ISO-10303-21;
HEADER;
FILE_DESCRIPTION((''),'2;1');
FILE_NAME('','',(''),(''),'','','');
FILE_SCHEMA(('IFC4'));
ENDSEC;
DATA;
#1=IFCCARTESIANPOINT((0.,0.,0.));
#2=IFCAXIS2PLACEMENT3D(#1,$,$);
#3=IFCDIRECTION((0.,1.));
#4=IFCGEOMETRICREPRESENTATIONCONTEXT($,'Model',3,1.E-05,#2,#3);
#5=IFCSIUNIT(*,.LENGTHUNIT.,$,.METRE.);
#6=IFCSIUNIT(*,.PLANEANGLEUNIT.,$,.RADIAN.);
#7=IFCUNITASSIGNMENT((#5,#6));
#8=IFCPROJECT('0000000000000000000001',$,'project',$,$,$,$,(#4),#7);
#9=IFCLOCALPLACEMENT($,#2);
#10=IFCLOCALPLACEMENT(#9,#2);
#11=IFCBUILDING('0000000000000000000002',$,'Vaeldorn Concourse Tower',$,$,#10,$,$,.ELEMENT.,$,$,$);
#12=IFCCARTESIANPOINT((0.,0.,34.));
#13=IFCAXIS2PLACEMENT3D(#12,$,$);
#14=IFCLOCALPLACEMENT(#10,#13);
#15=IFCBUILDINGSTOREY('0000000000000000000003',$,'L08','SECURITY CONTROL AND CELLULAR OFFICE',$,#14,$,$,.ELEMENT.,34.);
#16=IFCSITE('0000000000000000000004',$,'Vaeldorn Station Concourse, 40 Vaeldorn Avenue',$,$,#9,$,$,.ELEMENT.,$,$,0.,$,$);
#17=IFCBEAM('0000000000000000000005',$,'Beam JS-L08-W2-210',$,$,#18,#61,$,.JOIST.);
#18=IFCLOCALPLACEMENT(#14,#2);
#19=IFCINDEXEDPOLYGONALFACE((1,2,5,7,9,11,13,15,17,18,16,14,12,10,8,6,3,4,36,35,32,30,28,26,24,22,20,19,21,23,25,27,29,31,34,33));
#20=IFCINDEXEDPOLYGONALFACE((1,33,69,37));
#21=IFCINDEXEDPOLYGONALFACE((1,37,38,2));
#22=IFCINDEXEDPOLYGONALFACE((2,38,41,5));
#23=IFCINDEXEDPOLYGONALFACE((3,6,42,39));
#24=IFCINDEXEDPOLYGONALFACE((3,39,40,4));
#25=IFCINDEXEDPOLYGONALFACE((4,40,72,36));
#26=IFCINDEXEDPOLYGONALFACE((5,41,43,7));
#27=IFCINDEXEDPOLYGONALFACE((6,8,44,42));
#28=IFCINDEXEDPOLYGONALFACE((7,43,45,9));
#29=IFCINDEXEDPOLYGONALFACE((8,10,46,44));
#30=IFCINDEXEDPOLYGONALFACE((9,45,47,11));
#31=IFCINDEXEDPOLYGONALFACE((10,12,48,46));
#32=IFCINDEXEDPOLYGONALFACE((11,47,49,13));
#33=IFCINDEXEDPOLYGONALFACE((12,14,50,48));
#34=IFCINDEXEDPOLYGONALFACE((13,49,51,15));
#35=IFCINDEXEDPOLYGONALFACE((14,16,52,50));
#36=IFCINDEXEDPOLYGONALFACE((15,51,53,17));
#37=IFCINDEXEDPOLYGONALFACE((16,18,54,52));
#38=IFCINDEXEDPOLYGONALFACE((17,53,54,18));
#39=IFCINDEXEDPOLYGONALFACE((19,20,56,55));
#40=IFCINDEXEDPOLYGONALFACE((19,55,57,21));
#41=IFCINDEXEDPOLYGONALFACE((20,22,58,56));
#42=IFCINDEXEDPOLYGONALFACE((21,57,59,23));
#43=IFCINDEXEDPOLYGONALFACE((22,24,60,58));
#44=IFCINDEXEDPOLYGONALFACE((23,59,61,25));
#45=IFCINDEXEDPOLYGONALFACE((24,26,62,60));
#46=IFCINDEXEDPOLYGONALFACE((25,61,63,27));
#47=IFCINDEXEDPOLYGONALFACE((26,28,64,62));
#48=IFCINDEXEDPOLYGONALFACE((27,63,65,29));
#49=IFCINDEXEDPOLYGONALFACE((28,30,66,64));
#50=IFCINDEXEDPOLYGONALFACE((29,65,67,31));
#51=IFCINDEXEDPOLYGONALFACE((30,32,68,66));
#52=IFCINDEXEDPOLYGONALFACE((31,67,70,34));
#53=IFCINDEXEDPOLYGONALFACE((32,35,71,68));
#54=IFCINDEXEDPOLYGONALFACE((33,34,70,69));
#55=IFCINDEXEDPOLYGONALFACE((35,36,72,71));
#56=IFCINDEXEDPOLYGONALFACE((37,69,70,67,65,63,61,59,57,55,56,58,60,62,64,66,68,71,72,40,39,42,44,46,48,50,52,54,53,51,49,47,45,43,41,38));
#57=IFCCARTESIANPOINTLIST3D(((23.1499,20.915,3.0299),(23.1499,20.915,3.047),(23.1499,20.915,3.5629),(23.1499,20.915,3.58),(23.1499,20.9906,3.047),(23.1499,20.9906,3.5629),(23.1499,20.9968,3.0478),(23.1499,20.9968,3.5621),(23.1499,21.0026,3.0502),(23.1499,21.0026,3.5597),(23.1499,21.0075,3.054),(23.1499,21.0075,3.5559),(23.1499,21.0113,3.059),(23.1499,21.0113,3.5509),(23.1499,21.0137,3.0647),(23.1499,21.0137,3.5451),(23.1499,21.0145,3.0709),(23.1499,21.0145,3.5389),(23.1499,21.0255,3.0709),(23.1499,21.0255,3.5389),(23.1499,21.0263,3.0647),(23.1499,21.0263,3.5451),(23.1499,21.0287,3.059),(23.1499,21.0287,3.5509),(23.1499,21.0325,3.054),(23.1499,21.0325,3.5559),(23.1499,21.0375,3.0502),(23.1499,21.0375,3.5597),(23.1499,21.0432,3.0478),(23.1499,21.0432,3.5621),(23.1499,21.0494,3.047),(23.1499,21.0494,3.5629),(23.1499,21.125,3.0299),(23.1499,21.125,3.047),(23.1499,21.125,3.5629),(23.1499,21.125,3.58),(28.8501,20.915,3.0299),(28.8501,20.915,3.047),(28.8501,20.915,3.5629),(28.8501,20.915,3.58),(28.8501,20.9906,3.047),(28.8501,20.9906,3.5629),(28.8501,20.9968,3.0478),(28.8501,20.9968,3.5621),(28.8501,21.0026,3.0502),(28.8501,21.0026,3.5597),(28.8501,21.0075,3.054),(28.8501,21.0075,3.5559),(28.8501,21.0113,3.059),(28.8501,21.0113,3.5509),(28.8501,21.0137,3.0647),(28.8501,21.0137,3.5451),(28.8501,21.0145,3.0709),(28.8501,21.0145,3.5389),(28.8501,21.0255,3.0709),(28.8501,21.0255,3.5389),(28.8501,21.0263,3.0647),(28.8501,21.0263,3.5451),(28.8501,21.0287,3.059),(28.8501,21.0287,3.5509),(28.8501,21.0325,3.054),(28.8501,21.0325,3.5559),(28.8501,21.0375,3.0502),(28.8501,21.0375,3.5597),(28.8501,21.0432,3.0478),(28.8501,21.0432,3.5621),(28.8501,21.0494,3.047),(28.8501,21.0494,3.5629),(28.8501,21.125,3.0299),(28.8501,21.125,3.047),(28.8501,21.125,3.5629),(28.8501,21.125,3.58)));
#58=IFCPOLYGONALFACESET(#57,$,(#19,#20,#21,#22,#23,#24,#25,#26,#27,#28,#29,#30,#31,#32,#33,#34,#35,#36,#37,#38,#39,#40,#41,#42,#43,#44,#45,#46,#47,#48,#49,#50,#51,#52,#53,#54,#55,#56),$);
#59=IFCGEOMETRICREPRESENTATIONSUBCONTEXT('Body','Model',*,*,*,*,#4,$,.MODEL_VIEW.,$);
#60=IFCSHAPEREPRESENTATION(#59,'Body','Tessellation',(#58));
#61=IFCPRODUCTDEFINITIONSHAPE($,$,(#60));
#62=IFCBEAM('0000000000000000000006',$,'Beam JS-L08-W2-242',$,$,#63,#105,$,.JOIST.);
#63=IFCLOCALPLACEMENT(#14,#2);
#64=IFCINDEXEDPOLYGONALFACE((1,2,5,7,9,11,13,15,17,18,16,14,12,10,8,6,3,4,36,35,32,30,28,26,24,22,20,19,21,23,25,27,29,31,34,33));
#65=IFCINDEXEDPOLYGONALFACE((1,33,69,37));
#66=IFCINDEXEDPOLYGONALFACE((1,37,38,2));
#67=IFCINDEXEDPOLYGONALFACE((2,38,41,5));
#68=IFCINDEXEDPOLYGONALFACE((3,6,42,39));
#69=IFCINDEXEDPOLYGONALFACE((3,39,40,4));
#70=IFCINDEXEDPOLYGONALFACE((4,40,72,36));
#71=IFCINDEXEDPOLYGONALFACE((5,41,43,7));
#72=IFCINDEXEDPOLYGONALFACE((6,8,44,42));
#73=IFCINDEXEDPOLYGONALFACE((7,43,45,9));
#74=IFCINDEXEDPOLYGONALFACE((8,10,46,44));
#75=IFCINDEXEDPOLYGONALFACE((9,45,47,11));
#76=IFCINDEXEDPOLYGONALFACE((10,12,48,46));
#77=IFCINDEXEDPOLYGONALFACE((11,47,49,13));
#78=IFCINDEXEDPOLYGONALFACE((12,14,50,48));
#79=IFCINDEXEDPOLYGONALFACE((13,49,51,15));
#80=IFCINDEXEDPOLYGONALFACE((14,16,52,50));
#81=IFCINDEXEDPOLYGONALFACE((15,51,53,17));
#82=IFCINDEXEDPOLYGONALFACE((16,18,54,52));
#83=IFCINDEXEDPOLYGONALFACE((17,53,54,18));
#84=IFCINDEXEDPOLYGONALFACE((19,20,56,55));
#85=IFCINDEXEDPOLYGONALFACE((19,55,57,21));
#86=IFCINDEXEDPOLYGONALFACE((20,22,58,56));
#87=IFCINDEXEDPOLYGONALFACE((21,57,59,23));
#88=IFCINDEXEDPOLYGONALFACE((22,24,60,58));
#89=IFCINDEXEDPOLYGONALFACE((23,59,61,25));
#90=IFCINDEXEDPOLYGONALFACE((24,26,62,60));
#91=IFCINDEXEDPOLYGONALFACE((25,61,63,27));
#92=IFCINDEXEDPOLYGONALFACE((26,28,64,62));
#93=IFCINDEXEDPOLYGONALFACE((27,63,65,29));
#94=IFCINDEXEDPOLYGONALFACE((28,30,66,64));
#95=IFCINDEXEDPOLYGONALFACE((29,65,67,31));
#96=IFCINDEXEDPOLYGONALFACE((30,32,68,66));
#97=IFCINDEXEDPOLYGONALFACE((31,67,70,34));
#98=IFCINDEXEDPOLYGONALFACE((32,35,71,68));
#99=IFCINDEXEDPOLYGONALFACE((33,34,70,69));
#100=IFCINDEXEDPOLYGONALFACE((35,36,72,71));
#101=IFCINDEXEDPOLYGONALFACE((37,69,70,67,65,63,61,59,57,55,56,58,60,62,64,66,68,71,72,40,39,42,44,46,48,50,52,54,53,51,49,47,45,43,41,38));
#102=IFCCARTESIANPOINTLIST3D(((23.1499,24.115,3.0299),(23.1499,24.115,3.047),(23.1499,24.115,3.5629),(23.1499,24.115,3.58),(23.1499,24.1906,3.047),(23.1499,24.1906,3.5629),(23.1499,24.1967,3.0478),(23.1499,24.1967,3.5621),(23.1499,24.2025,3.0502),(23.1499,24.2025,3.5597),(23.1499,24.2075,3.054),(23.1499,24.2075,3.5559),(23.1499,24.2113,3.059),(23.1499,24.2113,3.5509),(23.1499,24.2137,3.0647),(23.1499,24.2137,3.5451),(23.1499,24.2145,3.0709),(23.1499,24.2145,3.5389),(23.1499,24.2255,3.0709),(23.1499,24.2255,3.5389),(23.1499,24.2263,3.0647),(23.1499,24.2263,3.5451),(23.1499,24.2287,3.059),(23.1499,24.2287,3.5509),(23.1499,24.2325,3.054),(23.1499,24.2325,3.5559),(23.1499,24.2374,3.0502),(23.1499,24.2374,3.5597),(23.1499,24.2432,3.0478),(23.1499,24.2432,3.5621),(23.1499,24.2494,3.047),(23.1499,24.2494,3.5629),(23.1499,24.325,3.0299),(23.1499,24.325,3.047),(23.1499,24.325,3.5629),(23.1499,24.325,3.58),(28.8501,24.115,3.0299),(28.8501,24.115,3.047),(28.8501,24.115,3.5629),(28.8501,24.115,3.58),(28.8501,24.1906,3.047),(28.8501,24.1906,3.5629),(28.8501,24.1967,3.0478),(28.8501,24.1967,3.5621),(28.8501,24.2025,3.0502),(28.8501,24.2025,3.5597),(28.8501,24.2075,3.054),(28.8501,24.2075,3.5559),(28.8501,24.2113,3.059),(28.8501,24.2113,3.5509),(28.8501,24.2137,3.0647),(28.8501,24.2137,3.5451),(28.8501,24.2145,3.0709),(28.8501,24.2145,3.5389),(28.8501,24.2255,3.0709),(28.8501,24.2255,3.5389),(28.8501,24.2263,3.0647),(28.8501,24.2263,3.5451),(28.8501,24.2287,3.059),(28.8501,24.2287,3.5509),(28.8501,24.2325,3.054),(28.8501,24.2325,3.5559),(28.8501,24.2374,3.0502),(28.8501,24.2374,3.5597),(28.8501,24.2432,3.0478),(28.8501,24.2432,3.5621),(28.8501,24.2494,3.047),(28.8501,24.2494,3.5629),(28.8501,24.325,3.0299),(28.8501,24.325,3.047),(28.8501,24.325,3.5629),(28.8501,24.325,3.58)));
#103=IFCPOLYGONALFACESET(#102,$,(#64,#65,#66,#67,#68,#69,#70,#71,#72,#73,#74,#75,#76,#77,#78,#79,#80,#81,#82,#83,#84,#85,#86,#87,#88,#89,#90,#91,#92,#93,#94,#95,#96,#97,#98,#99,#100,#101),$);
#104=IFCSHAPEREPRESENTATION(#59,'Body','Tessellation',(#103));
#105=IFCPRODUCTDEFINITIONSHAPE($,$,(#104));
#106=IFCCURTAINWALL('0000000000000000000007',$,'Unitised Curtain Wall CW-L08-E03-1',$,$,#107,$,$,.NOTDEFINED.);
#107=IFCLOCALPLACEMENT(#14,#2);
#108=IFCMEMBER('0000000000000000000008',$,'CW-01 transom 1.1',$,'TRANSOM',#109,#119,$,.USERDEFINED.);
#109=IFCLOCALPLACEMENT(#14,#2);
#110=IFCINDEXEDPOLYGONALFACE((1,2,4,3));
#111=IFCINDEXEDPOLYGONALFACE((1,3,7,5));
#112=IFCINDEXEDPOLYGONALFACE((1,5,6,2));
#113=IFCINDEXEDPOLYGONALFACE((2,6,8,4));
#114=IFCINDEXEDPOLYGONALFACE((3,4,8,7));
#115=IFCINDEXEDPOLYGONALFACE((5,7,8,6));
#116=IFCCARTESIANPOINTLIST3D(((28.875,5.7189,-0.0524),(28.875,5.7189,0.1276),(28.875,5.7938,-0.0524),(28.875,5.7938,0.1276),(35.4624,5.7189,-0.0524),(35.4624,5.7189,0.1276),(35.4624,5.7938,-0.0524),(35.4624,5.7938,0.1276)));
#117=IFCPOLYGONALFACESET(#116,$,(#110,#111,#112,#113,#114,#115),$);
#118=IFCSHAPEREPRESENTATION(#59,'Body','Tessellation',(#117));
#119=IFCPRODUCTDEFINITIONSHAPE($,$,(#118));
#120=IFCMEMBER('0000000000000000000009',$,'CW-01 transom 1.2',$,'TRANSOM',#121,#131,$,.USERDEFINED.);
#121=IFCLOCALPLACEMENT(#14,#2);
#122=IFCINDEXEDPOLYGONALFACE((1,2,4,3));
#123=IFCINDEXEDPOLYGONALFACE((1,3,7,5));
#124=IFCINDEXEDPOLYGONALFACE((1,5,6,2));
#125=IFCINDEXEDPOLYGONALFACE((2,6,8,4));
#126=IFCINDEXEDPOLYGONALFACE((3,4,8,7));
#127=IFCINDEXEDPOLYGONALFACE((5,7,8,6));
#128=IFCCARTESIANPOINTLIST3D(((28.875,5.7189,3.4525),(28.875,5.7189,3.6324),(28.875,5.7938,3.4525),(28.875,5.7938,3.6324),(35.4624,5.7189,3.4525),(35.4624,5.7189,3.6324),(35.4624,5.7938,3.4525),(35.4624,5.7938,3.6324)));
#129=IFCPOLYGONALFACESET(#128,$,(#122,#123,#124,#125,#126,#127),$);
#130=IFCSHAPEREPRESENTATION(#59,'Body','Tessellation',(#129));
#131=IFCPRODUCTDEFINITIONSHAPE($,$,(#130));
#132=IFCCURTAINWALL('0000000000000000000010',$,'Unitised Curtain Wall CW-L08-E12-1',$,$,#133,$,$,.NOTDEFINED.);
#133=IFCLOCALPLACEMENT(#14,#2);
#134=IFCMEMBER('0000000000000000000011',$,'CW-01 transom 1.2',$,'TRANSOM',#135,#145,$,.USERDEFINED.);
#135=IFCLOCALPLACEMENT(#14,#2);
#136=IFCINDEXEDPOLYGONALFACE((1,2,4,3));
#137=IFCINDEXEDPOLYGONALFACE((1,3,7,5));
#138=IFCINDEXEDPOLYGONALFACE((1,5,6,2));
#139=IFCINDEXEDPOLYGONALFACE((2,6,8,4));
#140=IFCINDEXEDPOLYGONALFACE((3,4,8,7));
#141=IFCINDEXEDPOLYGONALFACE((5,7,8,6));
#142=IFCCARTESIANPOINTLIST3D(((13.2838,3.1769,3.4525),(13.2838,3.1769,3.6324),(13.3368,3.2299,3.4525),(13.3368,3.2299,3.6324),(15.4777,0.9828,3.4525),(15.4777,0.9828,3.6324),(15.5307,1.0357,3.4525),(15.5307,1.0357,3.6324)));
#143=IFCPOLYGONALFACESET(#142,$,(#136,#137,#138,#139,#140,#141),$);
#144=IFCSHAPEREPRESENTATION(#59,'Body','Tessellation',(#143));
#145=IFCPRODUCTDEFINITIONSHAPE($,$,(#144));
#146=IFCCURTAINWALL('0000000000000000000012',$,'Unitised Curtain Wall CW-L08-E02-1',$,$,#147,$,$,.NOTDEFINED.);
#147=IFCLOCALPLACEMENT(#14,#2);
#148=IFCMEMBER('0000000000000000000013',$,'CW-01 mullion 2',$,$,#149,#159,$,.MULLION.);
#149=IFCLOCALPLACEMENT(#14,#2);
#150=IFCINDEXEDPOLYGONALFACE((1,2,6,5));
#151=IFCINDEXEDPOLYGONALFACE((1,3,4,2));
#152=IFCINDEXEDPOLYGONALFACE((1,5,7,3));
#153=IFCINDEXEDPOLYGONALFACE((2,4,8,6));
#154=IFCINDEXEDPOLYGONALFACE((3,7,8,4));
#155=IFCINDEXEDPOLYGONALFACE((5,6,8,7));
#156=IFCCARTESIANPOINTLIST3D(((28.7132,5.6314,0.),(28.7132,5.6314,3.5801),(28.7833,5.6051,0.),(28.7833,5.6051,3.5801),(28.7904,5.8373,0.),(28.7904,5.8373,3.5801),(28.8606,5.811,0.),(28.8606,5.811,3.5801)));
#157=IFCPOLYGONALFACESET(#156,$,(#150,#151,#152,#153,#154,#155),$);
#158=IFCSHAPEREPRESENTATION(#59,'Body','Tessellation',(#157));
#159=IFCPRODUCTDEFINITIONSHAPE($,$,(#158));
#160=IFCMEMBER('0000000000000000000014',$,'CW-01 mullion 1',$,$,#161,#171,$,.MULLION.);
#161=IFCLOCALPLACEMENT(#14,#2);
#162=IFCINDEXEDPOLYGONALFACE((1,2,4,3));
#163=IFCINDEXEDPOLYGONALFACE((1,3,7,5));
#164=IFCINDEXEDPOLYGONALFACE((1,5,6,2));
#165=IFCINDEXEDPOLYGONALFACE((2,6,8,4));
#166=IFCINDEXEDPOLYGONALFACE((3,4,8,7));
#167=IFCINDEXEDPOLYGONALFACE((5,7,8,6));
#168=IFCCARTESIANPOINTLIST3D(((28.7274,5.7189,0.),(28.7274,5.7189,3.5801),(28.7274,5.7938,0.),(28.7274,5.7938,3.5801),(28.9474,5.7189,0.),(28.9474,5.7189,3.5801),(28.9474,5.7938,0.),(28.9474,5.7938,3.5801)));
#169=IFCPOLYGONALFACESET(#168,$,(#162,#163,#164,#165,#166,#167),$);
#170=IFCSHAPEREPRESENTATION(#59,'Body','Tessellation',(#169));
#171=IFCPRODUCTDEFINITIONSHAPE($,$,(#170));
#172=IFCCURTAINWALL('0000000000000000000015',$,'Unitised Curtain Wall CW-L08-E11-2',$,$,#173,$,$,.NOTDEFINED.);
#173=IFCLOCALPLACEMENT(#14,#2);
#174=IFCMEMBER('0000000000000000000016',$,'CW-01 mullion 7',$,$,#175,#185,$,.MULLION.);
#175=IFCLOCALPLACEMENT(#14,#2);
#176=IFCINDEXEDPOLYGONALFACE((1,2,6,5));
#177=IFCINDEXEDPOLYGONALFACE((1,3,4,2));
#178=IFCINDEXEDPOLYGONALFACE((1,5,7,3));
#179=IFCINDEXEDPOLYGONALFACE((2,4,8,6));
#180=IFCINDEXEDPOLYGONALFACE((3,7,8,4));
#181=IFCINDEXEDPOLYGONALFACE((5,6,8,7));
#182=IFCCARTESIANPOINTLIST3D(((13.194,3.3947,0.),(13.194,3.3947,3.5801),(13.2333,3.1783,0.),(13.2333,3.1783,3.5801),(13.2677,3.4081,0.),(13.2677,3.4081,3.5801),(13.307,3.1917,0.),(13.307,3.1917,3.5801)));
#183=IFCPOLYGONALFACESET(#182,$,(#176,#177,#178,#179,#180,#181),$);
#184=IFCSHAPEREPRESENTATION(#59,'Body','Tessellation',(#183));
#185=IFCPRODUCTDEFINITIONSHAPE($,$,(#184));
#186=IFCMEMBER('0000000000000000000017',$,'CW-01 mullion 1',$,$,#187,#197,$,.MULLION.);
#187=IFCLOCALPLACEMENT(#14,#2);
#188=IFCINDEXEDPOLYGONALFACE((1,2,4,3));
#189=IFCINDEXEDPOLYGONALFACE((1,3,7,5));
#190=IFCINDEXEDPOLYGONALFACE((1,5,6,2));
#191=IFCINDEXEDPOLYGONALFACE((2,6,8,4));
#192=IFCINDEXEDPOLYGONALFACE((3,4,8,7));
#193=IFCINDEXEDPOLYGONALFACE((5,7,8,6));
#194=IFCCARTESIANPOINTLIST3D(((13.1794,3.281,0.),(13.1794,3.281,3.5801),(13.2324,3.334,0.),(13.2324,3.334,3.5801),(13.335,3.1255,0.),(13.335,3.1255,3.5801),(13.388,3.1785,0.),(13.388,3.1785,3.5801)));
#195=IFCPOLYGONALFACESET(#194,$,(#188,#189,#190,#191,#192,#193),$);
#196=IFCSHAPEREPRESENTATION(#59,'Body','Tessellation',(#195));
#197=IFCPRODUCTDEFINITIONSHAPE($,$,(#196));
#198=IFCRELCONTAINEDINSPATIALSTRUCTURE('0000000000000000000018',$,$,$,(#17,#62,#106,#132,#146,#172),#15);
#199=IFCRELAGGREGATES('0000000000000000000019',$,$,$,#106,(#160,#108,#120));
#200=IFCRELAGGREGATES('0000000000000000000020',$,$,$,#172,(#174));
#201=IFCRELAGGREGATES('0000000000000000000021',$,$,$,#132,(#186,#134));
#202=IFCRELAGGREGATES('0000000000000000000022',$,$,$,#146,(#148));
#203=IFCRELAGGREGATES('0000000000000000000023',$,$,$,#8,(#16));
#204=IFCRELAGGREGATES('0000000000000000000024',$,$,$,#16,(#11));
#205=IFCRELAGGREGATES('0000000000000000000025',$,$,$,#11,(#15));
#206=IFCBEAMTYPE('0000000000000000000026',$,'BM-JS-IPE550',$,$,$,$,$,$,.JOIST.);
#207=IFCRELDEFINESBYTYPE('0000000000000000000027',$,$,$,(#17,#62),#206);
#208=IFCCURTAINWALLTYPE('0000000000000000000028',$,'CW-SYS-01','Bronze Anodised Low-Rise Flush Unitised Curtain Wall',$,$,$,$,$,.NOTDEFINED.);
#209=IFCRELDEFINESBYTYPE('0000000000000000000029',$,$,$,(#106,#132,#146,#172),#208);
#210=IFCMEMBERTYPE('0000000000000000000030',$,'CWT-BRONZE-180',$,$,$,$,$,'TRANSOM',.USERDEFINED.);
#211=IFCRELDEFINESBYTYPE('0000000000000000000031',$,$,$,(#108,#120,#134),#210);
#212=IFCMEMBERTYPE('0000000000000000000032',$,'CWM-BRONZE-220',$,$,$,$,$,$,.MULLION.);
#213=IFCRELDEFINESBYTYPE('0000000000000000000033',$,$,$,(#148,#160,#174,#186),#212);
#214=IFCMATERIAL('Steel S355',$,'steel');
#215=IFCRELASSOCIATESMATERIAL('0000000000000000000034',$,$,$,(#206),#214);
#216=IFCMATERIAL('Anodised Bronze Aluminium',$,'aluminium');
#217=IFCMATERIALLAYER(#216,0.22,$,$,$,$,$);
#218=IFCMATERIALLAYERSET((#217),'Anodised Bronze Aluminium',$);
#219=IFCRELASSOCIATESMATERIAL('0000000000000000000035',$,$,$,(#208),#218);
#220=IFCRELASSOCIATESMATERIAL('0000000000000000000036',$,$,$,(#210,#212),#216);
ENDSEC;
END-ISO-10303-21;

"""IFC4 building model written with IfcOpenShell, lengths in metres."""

from ifc_helpers import new_model, si_unit, direction, frame, origin, origin_2d, place, context, subcontext, project, spatial, rectangle, i_section, extrude, source, transform, mapped, material, layer, layer_set, material_profile, profile_set, type_object, element, aggregate, save


model = new_model("IFC4")

# Units and contexts
model_context = context("Model", 3, precision=1e-05, world=origin(), true_north=direction((0.0, 1.0)))
body_context = subcontext(model_context, "Body", "Model", "MODEL_VIEW")
ifc_project = project(units=[si_unit("LENGTHUNIT", "METRE"), si_unit("PLANEANGLEUNIT", "RADIAN")], contexts=[model_context])

# Site, building, storey
site_placement = place(None, origin())
site = spatial("IfcSite", under=ifc_project, at=site_placement, Name="Vaeldorn Station Concourse, 40 Vaeldorn Avenue", CompositionType="ELEMENT", RefElevation=0.0)
building_placement = place(site_placement, origin())
building = spatial("IfcBuilding", under=site, at=building_placement, Name="Vaeldorn Concourse Tower", CompositionType="ELEMENT")
storey_placement = place(building_placement, frame((0.0, 0.0, 34.0)))
storey = spatial("IfcBuildingStorey", under=building, at=storey_placement, Name="L08", Description="SECURITY CONTROL AND CELLULAR OFFICE", CompositionType="ELEMENT", Elevation=34.0)

# Beams
ifc_material_1 = material(Name="Steel S355", Category="steel")
ifc_material_profile_1 = material_profile(ifc_material_1, i_section(OverallWidth=0.21, OverallDepth=0.55, WebThickness=0.011, FlangeThickness=0.0171, FilletRadius=0.0239, at=origin_2d()), Name="IPE 550")
ifc_profile_set_1 = profile_set([ifc_material_profile_1], Name="Steel S355")
beam_type_1 = type_object("IfcBeamType", Name="BM-JS-IPE550", PredefinedType="JOIST", material=ifc_profile_set_1)
shared_shape_1 = source(origin(), body_context, "Body", "SweptSolid", [
    extrude(i_section(OverallWidth=0.21, OverallDepth=0.55, WebThickness=0.011, FlangeThickness=0.0171, FilletRadius=0.0239, at=origin_2d()), origin(), (0.0, 0.0, 1.0), 5.7002),
])
for number, where, z_axis, x_axis, name in (
    (1, (23.1499, 21.02, 3.3049), (1.0, 0.0, 0.0), (0.0, 1.0, 0.0), "Beam JS-L08-W2-210"),
    (2, (23.1499, 24.22, 3.3049), (1.0, 0.0, 0.0), (0.0, 1.0, 0.0), "Beam JS-L08-W2-242"),
):
    element("IfcBeam", number, at=place(storey_placement, frame(where, z_axis=z_axis, x_axis=x_axis)), inside=storey, type_object=beam_type_1, Name=name, PredefinedType="JOIST", context=body_context, shape_type="MappedRepresentation", body=[
        mapped(shared_shape_1, transform((0.0, 0.0, 0.0), scale=1.0)),
    ])

# Curtain wall, members
ifc_material_2 = material(Name="Anodised Bronze Aluminium", Category="aluminium")
ifc_layer_1 = layer(ifc_material_2, 0.22)
ifc_layer_set_1 = layer_set([ifc_layer_1], Name="Anodised Bronze Aluminium")
curtain_wall_type = type_object("IfcCurtainWallType", Name="CW-SYS-01", Description="Bronze Anodised Low-Rise Flush Unitised Curtain Wall", PredefinedType="NOTDEFINED", material=ifc_layer_set_1)
curtain_wall_1_placement = place(storey_placement, origin())
curtain_wall_1 = element("IfcCurtainWall", 3, at=curtain_wall_1_placement, inside=storey, type_object=curtain_wall_type, Name="Unitised Curtain Wall CW-L08-E03-1", PredefinedType="NOTDEFINED")
ifc_material_profile_2 = material_profile(ifc_material_2, rectangle(XDim=0.075, YDim=0.1799, at=origin_2d()), Name="CWT 75x180")
ifc_profile_set_2 = profile_set([ifc_material_profile_2], Name="Anodised Bronze Aluminium")
member_type_1 = type_object("IfcMemberType", Name="CWT-BRONZE-180", ElementType="TRANSOM", PredefinedType="USERDEFINED", material=ifc_profile_set_2)
shared_shape_2 = source(origin(), body_context, "Body", "SweptSolid", [
    extrude(rectangle(XDim=0.075, YDim=0.1799, at=origin_2d()), origin(), (0.0, 0.0, 1.0), 6.5874),
])
member_1_placement = place(storey_placement, frame((28.875, 5.7563, 0.0376), z_axis=(1.0, 0.0, 0.0), x_axis=(0.0, 1.0, 0.0)))
member_1 = element("IfcMember", 4, at=member_1_placement, type_object=member_type_1, Name="CW-01 transom 1.1", ObjectType="TRANSOM", PredefinedType="USERDEFINED", context=body_context, shape_type="MappedRepresentation", body=[
    mapped(shared_shape_2, transform((0.0, 0.0, 0.0), scale=1.0)),
])
member_2_placement = place(storey_placement, frame((28.875, 5.7563, 3.5425), z_axis=(1.0, 0.0, 0.0), x_axis=(0.0, 1.0, 0.0)))
member_2 = element("IfcMember", 5, at=member_2_placement, type_object=member_type_1, Name="CW-01 transom 1.2", ObjectType="TRANSOM", PredefinedType="USERDEFINED", context=body_context, shape_type="MappedRepresentation", body=[
    mapped(shared_shape_2, transform((0.0, 0.0, 0.0), scale=1.0)),
])

# Curtain walls, members
curtain_wall_2_placement = place(storey_placement, origin())
curtain_wall_2 = element("IfcCurtainWall", 6, at=curtain_wall_2_placement, inside=storey, type_object=curtain_wall_type, Name="Unitised Curtain Wall CW-L08-E12-1", PredefinedType="NOTDEFINED")
shared_shape_3 = source(origin(), body_context, "Body", "SweptSolid", [
    extrude(rectangle(XDim=0.075, YDim=0.1799, at=origin_2d()), origin(), (0.0, 0.0, 1.0), 3.1028),
])
member_3_placement = place(storey_placement, frame((13.3103, 3.2034, 3.5425), z_axis=(0.707067, -0.707146, 0.0), x_axis=(0.707146, 0.707067, 0.0)))
member_3 = element("IfcMember", 7, at=member_3_placement, type_object=member_type_1, Name="CW-01 transom 1.2", ObjectType="TRANSOM", PredefinedType="USERDEFINED", context=body_context, shape_type="MappedRepresentation", body=[
    mapped(shared_shape_3, transform((0.0, 0.0, 0.0), scale=1.0)),
])
curtain_wall_3_placement = place(storey_placement, origin())
curtain_wall_3 = element("IfcCurtainWall", 8, at=curtain_wall_3_placement, inside=storey, type_object=curtain_wall_type, Name="Unitised Curtain Wall CW-L08-E02-1", PredefinedType="NOTDEFINED")
ifc_material_profile_3 = material_profile(ifc_material_2, rectangle(XDim=0.075, YDim=0.22, at=origin_2d()), Name="CWM 75x220")
ifc_profile_set_3 = profile_set([ifc_material_profile_3], Name="Anodised Bronze Aluminium")
member_type_2 = type_object("IfcMemberType", Name="CWM-BRONZE-220", PredefinedType="MULLION", material=ifc_profile_set_3)
shared_shape_4 = source(origin(), body_context, "Body", "SweptSolid", [
    extrude(rectangle(XDim=0.075, YDim=0.22, at=origin_2d()), origin(), (0.0, 0.0, 1.0), 3.5801),
])
member_4_placement = place(storey_placement, frame((28.7869, 5.7212, 0.0), z_axis=(0.0, 0.0, 1.0), x_axis=(-0.936329, 0.351123, 0.0)))
member_4 = element("IfcMember", 9, at=member_4_placement, type_object=member_type_2, Name="CW-01 mullion 2", PredefinedType="MULLION", context=body_context, shape_type="MappedRepresentation", body=[
    mapped(shared_shape_4, transform((0.0, 0.0, 0.0), scale=1.0)),
])

# Member
member_5_placement = place(storey_placement, frame((28.8374, 5.7563, 0.0), z_axis=(0.0, 0.0, 1.0), x_axis=(0.0, 1.0, 0.0)))
member_5 = element("IfcMember", 10, at=member_5_placement, type_object=member_type_2, Name="CW-01 mullion 1", PredefinedType="MULLION", context=body_context, shape_type="MappedRepresentation", body=[
    mapped(shared_shape_4, transform((0.0, 0.0, 0.0), scale=1.0)),
])
aggregate(curtain_wall_1, [member_5, member_1, member_2])

# Curtain wall, member
curtain_wall_4_placement = place(storey_placement, origin())
curtain_wall_4 = element("IfcCurtainWall", 11, at=curtain_wall_4_placement, inside=storey, type_object=curtain_wall_type, Name="Unitised Curtain Wall CW-L08-E11-2", PredefinedType="NOTDEFINED")
member_6_placement = place(storey_placement, frame((13.2505, 3.2932, 0.0), z_axis=(0.0, 0.0, 1.0), x_axis=(0.98389, 0.178775, 0.0)))
member_6 = element("IfcMember", 12, at=member_6_placement, type_object=member_type_2, Name="CW-01 mullion 7", PredefinedType="MULLION", context=body_context, shape_type="MappedRepresentation", body=[
    mapped(shared_shape_4, transform((0.0, 0.0, 0.0), scale=1.0)),
])
aggregate(curtain_wall_4, [member_6])

# Member
member_7_placement = place(storey_placement, frame((13.2837, 3.2297, 0.0), z_axis=(0.0, 0.0, 1.0), x_axis=(0.707107, 0.707107, 0.0)))
member_7 = element("IfcMember", 13, at=member_7_placement, type_object=member_type_2, Name="CW-01 mullion 1", PredefinedType="MULLION", context=body_context, shape_type="MappedRepresentation", body=[
    mapped(shared_shape_4, transform((0.0, 0.0, 0.0), scale=1.0)),
])
aggregate(curtain_wall_2, [member_7, member_3])

aggregate(curtain_wall_3, [member_4])

save(model, "model.ifc")
